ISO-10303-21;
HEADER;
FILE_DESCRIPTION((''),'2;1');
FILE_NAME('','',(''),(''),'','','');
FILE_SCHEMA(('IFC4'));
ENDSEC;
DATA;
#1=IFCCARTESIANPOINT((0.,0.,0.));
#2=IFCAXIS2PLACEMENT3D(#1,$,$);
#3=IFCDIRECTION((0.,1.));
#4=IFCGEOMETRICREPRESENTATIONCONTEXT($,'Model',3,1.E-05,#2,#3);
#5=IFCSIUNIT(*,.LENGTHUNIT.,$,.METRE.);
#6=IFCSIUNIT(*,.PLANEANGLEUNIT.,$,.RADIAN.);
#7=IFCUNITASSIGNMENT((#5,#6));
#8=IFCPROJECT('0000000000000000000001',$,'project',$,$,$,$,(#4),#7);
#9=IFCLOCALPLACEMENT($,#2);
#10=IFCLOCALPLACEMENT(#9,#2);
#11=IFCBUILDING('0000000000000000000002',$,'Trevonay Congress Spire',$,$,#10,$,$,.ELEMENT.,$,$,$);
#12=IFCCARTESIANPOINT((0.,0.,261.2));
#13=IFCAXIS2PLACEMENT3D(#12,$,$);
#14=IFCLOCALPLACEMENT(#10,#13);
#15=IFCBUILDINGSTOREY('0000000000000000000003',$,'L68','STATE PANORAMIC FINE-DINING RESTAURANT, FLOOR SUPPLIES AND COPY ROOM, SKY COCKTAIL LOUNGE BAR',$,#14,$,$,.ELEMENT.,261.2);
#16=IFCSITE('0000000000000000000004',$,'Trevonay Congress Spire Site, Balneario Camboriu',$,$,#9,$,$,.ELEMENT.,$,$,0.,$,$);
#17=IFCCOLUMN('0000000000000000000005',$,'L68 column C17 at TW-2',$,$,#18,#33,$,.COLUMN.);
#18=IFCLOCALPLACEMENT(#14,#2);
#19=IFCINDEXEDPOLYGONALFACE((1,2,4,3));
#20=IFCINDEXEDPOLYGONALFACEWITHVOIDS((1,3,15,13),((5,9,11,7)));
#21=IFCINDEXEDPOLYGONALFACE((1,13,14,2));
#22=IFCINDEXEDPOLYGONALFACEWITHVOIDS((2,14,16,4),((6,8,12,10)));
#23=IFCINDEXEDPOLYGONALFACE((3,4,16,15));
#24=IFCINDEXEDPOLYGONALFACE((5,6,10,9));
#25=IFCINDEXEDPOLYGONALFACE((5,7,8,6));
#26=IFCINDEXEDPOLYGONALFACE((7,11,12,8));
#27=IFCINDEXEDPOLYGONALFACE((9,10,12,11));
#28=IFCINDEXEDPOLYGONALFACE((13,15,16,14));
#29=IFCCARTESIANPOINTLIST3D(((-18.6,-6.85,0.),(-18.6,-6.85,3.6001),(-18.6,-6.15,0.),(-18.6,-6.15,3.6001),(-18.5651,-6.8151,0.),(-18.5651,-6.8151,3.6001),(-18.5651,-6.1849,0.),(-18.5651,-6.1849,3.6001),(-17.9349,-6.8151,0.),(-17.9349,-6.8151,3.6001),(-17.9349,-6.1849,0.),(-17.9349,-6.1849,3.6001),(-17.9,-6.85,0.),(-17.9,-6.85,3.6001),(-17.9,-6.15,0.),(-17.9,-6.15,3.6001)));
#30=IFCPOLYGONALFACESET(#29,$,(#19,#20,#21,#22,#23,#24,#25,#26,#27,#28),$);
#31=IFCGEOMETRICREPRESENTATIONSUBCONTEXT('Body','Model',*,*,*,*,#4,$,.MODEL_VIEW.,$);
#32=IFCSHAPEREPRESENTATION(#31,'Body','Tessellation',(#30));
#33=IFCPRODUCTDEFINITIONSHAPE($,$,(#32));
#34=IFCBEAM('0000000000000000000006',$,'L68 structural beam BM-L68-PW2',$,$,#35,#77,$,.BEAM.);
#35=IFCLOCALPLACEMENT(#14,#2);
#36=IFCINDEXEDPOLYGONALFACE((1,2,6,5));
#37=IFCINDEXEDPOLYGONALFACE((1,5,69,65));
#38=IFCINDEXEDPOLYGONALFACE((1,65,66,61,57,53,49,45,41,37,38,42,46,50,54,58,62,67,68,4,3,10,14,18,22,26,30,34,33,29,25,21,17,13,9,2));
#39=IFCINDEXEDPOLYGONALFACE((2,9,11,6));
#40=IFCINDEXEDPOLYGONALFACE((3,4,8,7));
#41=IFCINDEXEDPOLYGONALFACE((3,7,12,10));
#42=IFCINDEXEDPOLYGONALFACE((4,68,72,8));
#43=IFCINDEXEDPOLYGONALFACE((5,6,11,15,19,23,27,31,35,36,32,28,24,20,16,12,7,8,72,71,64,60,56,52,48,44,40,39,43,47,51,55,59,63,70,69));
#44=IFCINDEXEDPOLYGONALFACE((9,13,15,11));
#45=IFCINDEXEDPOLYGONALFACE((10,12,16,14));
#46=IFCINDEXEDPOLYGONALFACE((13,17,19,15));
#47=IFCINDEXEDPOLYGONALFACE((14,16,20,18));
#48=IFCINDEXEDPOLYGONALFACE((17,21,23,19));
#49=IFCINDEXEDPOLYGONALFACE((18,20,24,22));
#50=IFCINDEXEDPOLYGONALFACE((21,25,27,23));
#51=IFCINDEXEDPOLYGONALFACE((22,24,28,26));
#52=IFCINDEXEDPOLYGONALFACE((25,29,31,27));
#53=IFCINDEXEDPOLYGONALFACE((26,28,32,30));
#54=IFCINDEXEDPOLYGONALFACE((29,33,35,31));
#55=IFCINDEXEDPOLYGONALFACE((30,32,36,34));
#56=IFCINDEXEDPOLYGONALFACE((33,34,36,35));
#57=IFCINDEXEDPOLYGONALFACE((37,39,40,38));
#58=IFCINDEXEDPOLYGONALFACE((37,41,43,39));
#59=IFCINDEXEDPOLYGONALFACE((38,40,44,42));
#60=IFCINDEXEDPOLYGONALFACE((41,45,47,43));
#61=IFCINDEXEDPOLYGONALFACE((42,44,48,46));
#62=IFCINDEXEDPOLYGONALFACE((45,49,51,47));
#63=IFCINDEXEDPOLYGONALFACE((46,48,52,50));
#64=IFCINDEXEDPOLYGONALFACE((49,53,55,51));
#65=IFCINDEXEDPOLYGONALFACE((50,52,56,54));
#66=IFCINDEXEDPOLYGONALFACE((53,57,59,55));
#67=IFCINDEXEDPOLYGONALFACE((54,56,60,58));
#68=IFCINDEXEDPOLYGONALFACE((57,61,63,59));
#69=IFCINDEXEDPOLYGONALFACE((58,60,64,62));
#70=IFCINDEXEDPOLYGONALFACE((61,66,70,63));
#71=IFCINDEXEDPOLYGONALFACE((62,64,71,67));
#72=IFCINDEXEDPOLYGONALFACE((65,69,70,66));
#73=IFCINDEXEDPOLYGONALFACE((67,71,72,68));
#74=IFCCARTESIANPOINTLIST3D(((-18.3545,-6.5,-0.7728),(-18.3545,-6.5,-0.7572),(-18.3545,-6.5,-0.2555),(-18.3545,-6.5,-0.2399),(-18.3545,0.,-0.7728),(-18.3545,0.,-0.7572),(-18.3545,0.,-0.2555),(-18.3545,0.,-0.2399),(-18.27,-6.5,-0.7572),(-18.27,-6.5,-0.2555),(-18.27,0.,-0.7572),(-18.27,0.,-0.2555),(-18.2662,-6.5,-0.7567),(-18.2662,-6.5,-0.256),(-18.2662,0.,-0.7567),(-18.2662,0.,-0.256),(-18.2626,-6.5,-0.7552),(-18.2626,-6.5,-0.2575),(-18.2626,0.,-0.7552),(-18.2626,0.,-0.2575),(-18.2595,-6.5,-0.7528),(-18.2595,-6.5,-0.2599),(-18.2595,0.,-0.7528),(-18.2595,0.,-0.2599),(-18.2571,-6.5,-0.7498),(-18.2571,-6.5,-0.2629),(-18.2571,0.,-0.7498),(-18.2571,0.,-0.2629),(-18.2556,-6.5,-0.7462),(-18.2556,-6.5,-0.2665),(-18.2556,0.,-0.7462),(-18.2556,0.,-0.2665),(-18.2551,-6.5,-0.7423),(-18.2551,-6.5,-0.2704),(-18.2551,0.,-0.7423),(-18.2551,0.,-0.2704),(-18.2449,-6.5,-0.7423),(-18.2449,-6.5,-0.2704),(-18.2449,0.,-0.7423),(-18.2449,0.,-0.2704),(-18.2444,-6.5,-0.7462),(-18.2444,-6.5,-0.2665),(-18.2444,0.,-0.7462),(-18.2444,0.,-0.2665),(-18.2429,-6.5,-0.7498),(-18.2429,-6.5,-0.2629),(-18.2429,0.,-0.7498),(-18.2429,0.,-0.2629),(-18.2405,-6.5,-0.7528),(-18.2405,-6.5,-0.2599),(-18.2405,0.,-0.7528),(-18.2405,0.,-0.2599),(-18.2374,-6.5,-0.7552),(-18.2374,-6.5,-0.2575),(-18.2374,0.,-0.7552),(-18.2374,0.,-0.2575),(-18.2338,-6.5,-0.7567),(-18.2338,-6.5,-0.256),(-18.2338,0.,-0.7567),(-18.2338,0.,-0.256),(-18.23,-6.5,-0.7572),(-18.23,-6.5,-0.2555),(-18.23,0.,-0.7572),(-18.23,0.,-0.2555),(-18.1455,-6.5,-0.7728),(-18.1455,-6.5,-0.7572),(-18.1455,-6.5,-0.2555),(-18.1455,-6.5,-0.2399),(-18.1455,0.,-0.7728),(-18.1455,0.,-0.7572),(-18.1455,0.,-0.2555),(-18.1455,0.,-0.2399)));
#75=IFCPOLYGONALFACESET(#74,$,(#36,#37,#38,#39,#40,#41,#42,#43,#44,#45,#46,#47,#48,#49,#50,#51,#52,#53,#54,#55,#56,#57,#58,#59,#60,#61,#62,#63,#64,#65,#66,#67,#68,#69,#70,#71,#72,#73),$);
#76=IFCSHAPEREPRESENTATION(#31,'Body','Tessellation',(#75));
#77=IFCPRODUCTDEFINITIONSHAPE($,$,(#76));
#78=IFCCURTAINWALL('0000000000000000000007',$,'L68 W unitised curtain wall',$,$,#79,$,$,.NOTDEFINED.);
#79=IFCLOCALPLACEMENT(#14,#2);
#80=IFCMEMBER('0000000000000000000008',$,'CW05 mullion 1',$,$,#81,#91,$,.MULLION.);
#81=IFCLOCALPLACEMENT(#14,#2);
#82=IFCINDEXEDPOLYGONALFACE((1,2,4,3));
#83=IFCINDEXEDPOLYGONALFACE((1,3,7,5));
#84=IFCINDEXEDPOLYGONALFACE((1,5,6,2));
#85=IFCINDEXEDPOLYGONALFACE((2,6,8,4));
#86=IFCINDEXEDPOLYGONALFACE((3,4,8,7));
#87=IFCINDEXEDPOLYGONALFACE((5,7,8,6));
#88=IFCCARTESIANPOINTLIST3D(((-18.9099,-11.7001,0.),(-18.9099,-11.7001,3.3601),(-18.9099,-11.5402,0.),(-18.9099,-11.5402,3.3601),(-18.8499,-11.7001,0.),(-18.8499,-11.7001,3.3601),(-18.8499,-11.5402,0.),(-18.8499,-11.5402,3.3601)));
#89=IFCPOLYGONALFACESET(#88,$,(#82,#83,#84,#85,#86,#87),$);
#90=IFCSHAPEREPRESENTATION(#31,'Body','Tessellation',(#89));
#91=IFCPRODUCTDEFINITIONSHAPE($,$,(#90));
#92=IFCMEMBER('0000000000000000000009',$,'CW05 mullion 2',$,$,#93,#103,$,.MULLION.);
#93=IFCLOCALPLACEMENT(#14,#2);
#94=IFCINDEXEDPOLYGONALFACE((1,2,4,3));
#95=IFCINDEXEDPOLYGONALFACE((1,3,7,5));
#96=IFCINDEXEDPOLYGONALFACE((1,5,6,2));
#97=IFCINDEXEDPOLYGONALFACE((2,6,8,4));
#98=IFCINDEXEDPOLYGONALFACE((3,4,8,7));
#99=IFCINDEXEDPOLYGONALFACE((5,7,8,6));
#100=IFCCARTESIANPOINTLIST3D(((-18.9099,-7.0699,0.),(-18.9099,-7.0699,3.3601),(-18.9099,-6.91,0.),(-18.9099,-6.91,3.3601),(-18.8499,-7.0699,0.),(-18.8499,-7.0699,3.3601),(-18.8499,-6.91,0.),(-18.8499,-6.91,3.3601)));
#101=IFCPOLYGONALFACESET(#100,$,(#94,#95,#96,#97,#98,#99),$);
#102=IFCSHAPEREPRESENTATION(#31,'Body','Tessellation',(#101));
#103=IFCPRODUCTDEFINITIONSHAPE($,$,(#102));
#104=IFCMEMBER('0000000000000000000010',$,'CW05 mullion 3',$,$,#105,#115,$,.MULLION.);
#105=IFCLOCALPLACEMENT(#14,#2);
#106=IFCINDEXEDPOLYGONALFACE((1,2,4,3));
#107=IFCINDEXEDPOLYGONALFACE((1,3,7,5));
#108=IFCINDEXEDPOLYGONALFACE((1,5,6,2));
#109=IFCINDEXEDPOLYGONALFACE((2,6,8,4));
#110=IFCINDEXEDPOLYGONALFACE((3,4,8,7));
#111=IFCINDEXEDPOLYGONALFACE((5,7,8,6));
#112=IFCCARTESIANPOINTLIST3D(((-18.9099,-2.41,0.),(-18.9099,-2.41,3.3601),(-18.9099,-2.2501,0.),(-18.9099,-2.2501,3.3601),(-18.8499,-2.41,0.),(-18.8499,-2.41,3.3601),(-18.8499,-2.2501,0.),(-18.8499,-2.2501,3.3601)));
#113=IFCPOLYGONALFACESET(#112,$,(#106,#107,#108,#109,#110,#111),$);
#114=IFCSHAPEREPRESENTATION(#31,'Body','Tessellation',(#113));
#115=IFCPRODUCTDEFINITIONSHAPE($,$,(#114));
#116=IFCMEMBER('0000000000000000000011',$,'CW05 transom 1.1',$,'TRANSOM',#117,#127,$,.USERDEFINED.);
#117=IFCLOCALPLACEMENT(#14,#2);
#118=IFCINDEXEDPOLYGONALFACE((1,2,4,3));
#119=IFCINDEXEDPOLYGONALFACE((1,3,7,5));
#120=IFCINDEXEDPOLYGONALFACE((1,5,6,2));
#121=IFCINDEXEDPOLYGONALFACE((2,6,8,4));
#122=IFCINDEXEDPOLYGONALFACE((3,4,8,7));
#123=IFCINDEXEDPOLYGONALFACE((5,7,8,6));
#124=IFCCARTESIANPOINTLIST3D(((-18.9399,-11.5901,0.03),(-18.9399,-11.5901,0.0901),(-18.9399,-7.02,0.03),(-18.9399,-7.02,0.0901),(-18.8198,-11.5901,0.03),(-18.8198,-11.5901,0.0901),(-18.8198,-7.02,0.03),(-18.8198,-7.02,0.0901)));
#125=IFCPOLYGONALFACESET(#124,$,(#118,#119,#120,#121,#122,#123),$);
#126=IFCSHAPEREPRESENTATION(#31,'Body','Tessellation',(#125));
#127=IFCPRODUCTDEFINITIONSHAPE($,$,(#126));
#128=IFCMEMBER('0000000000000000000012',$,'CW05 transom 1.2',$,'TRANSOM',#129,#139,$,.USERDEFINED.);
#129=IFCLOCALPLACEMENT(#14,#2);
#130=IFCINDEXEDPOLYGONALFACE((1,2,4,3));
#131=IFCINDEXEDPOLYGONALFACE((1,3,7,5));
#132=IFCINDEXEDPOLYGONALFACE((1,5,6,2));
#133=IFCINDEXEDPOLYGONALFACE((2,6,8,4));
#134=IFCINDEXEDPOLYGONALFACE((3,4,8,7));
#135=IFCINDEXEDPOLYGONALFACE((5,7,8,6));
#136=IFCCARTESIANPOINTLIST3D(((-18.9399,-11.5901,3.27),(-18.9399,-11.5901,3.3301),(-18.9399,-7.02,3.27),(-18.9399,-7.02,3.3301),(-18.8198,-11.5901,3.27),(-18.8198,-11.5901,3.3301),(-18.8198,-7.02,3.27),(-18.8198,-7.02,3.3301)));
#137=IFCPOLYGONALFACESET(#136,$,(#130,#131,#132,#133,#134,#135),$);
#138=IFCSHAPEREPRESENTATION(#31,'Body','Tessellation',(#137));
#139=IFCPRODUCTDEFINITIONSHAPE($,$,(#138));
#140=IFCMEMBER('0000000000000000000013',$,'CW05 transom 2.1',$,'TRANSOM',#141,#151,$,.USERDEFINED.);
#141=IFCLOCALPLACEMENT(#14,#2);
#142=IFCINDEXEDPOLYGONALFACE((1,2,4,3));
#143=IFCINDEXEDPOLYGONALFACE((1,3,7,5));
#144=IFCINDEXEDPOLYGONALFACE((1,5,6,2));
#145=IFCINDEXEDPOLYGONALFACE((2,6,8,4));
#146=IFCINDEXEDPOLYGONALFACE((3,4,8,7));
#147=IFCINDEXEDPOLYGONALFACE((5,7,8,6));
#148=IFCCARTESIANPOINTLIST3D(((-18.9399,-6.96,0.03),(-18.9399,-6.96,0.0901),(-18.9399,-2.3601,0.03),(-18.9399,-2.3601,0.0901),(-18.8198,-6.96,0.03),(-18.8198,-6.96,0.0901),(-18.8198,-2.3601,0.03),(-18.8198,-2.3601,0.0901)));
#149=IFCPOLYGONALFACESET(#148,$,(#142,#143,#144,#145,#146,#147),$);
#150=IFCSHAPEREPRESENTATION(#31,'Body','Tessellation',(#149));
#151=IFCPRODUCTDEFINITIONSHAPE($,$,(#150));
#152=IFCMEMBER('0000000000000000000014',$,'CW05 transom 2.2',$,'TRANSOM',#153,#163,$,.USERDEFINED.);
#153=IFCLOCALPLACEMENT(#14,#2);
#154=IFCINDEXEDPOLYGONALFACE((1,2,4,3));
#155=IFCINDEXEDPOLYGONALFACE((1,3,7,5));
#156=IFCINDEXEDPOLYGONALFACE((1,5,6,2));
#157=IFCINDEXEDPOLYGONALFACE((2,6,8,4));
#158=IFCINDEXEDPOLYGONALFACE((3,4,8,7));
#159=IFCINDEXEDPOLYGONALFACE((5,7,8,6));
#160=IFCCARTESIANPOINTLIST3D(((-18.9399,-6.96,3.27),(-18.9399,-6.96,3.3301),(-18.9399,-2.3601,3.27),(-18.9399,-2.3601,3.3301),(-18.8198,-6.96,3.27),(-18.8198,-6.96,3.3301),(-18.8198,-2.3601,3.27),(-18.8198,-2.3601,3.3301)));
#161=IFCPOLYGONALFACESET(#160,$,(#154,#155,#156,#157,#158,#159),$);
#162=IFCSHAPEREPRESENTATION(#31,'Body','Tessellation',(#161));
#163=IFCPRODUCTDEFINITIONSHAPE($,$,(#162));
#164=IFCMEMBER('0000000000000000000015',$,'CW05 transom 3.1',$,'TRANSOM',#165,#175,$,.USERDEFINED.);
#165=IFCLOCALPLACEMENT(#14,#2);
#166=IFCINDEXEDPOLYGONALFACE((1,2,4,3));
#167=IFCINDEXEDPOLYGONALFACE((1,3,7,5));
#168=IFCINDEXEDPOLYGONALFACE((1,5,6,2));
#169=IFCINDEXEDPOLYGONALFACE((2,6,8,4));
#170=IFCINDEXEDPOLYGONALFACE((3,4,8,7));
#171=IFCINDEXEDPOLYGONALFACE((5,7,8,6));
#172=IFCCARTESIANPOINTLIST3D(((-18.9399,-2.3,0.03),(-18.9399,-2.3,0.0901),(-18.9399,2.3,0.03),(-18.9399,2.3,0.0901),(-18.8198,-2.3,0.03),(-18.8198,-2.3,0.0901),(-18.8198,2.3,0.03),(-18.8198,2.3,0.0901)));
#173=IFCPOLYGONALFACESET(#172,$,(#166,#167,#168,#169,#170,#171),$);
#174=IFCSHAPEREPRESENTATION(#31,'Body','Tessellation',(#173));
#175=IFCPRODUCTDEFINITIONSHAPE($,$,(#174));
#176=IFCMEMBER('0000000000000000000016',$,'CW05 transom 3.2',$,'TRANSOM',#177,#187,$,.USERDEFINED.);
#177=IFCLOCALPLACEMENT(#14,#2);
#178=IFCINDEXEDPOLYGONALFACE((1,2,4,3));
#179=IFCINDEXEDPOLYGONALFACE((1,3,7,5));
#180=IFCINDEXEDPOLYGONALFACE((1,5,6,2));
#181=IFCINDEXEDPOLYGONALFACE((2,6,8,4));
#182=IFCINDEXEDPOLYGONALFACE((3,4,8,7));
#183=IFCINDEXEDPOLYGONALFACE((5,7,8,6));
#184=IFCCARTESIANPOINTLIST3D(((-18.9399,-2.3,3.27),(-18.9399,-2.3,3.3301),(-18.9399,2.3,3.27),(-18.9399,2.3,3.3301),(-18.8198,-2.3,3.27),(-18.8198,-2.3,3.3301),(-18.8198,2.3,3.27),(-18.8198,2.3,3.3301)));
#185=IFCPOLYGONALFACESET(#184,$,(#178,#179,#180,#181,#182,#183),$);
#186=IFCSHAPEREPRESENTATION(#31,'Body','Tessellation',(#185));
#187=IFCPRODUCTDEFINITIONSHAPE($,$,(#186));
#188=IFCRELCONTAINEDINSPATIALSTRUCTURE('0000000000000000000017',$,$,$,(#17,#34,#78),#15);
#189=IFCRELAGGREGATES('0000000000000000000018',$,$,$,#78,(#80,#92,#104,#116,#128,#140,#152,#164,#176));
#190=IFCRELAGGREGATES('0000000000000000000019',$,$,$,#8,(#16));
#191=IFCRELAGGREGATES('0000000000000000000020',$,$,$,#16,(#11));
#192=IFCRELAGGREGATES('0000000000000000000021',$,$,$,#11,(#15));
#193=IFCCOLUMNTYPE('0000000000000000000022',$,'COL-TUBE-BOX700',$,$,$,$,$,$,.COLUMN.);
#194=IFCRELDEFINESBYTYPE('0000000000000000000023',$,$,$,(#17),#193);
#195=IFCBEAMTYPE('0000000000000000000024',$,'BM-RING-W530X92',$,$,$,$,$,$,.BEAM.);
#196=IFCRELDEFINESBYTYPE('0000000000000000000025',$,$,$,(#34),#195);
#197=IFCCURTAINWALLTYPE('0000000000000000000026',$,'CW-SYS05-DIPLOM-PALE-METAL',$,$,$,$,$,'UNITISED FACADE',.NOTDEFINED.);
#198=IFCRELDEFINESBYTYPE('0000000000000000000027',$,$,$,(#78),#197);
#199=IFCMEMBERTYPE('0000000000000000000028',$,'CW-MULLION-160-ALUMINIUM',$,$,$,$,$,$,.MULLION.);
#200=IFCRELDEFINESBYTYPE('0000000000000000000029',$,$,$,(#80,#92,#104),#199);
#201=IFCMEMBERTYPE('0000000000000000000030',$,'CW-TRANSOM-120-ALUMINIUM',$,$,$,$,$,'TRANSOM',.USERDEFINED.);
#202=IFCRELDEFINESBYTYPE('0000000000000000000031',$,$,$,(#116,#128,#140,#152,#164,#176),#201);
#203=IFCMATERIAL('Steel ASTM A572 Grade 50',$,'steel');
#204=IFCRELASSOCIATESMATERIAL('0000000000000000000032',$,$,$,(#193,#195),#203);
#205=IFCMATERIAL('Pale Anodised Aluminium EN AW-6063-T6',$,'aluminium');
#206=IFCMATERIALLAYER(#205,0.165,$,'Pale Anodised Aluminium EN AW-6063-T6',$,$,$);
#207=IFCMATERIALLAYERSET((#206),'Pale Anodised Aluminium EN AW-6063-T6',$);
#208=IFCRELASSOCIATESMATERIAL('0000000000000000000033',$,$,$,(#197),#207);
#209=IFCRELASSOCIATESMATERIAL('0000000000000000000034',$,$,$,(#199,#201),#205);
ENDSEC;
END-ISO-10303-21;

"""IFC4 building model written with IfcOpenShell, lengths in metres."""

from ifc_helpers import new_model, si_unit, direction, frame, origin, origin_2d, place, context, subcontext, project, spatial, rectangle, hollow_rectangle, i_section, extrude, material, layer, layer_set, material_profile, profile_set, type_object, element, aggregate, save


model = new_model("IFC4")

# Units and contexts
model_context = context("Model", 3, precision=1e-05, world=origin(), true_north=direction((0.0, 1.0)))
body_context = subcontext(model_context, "Body", "Model", "MODEL_VIEW")
ifc_project = project(units=[si_unit("LENGTHUNIT", "METRE"), si_unit("PLANEANGLEUNIT", "RADIAN")], contexts=[model_context])

# Site, building, storey
site_placement = place(None, origin())
site = spatial("IfcSite", under=ifc_project, at=site_placement, Name="Trevonay Congress Spire Site, Balneario Camboriu", CompositionType="ELEMENT", RefElevation=0.0)
building_placement = place(site_placement, origin())
building = spatial("IfcBuilding", under=site, at=building_placement, Name="Trevonay Congress Spire", CompositionType="ELEMENT")
storey_placement = place(building_placement, frame((0.0, 0.0, 261.2)))
storey = spatial("IfcBuildingStorey", under=building, at=storey_placement, Name="L68", Description="STATE PANORAMIC FINE-DINING RESTAURANT, FLOOR SUPPLIES AND COPY ROOM, SKY COCKTAIL LOUNGE BAR", CompositionType="ELEMENT", Elevation=261.2)

# Column
ifc_material_1 = material(Name="Steel ASTM A572 Grade 50", Category="steel")
ifc_material_profile_1 = material_profile(ifc_material_1, hollow_rectangle(XDim=0.7, YDim=0.7, WallThickness=0.0349, at=origin_2d()), Name="BOX 700x700x35")
ifc_profile_set_1 = profile_set([ifc_material_profile_1], Name="Steel ASTM A572 Grade 50")
column_type = type_object("IfcColumnType", Name="COL-TUBE-BOX700", PredefinedType="COLUMN", material=ifc_profile_set_1)
column_placement = place(storey_placement, frame((-18.25, -6.5, 0.0), z_axis=(0.0, 0.0, 1.0), x_axis=(1.0, 0.0, 0.0)))
element("IfcColumn", 1, at=column_placement, inside=storey, type_object=column_type, Name="L68 column C17 at TW-2", PredefinedType="COLUMN", context=body_context, shape_type="SweptSolid", body=[
    extrude(hollow_rectangle(XDim=0.7, YDim=0.7, WallThickness=0.0349, at=origin_2d()), origin(), (0.0, 0.0, 1.0), 3.6001),
])

# Beam
ifc_material_profile_2 = material_profile(ifc_material_1, i_section(OverallWidth=0.209, OverallDepth=0.533, WebThickness=0.0103, FlangeThickness=0.0156, FilletRadius=0.0149, at=origin_2d()), Name="W530x92")
ifc_profile_set_2 = profile_set([ifc_material_profile_2], Name="Steel ASTM A572 Grade 50")
beam_type = type_object("IfcBeamType", Name="BM-RING-W530X92", PredefinedType="BEAM", material=ifc_profile_set_2)
beam_placement = place(storey_placement, frame((-18.25, -6.5, -0.5063), z_axis=(0.0, 1.0, 0.0), x_axis=(-1.0, 0.0, 0.0)))
element("IfcBeam", 2, at=beam_placement, inside=storey, type_object=beam_type, Name="L68 structural beam BM-L68-PW2", PredefinedType="BEAM", context=body_context, shape_type="SweptSolid", body=[
    extrude(i_section(OverallWidth=0.209, OverallDepth=0.533, WebThickness=0.0103, FlangeThickness=0.0156, FilletRadius=0.0149, at=origin_2d()), origin(), (0.0, 0.0, 1.0), 6.5),
])

# Curtain wall, members
ifc_material_2 = material(Name="Pale Anodised Aluminium EN AW-6063-T6", Category="aluminium")
ifc_layer_1 = layer(ifc_material_2, 0.165, Name="Pale Anodised Aluminium EN AW-6063-T6")
ifc_layer_set_1 = layer_set([ifc_layer_1], Name="Pale Anodised Aluminium EN AW-6063-T6")
curtain_wall_type = type_object("IfcCurtainWallType", Name="CW-SYS05-DIPLOM-PALE-METAL", ElementType="UNITISED FACADE", PredefinedType="NOTDEFINED", material=ifc_layer_set_1)
curtain_wall_placement = place(storey_placement, origin())
curtain_wall = element("IfcCurtainWall", 3, at=curtain_wall_placement, inside=storey, type_object=curtain_wall_type, Name="L68 W unitised curtain wall", PredefinedType="NOTDEFINED")
ifc_material_profile_3 = material_profile(ifc_material_2, rectangle(XDim=0.0601, YDim=0.1599, at=origin_2d()), Name="CW-MULLION-160-ALUMINIUM")
ifc_profile_set_3 = profile_set([ifc_material_profile_3], Name="Pale Anodised Aluminium EN AW-6063-T6")
member_type_1 = type_object("IfcMemberType", Name="CW-MULLION-160-ALUMINIUM", PredefinedType="MULLION", material=ifc_profile_set_3)
member_1_placement = place(storey_placement, frame((-18.8799, -11.6201, 0.0), z_axis=(0.0, 0.0, 1.0), x_axis=(-1.0, 0.0, 0.0)))
member_1 = element("IfcMember", 4, at=member_1_placement, type_object=member_type_1, Name="CW05 mullion 1", PredefinedType="MULLION", context=body_context, shape_type="SweptSolid", body=[
    extrude(rectangle(XDim=0.0601, YDim=0.1599, at=origin_2d()), origin(), (0.0, 0.0, 1.0), 3.3601),
])
member_2_placement = place(storey_placement, frame((-18.8799, -6.99, 0.0), z_axis=(0.0, 0.0, 1.0), x_axis=(-1.0, 0.0, 0.0)))
member_2 = element("IfcMember", 5, at=member_2_placement, type_object=member_type_1, Name="CW05 mullion 2", PredefinedType="MULLION", context=body_context, shape_type="SweptSolid", body=[
    extrude(rectangle(XDim=0.0601, YDim=0.1599, at=origin_2d()), origin(), (0.0, 0.0, 1.0), 3.3601),
])
member_3_placement = place(storey_placement, frame((-18.8799, -2.3301, 0.0), z_axis=(0.0, 0.0, 1.0), x_axis=(-1.0, 0.0, 0.0)))
member_3 = element("IfcMember", 6, at=member_3_placement, type_object=member_type_1, Name="CW05 mullion 3", PredefinedType="MULLION", context=body_context, shape_type="SweptSolid", body=[
    extrude(rectangle(XDim=0.0601, YDim=0.1599, at=origin_2d()), origin(), (0.0, 0.0, 1.0), 3.3601),
])
ifc_material_profile_4 = material_profile(ifc_material_2, rectangle(XDim=0.1201, YDim=0.0601, at=origin_2d()), Name="CW-TRANSOM-120-ALUMINIUM")
ifc_profile_set_4 = profile_set([ifc_material_profile_4], Name="Pale Anodised Aluminium EN AW-6063-T6")
member_type_2 = type_object("IfcMemberType", Name="CW-TRANSOM-120-ALUMINIUM", ElementType="TRANSOM", PredefinedType="USERDEFINED", material=ifc_profile_set_4)
member_4_placement = place(storey_placement, frame((-18.8799, -11.5901, 0.0601), z_axis=(0.0, 1.0, 0.0), x_axis=(-1.0, 0.0, 0.0)))
member_4 = element("IfcMember", 7, at=member_4_placement, type_object=member_type_2, Name="CW05 transom 1.1", ObjectType="TRANSOM", PredefinedType="USERDEFINED", context=body_context, shape_type="SweptSolid", body=[
    extrude(rectangle(XDim=0.1201, YDim=0.0601, at=origin_2d()), origin(), (0.0, 0.0, 1.0), 4.5701),
])
member_5_placement = place(storey_placement, frame((-18.8799, -11.5901, 3.3), z_axis=(0.0, 1.0, 0.0), x_axis=(-1.0, 0.0, 0.0)))
member_5 = element("IfcMember", 8, at=member_5_placement, type_object=member_type_2, Name="CW05 transom 1.2", ObjectType="TRANSOM", PredefinedType="USERDEFINED", context=body_context, shape_type="SweptSolid", body=[
    extrude(rectangle(XDim=0.1201, YDim=0.0601, at=origin_2d()), origin(), (0.0, 0.0, 1.0), 4.5701),
])
member_6_placement = place(storey_placement, frame((-18.8799, -6.96, 0.0601), z_axis=(0.0, 1.0, 0.0), x_axis=(-1.0, 0.0, 0.0)))
member_6 = element("IfcMember", 9, at=member_6_placement, type_object=member_type_2, Name="CW05 transom 2.1", ObjectType="TRANSOM", PredefinedType="USERDEFINED", context=body_context, shape_type="SweptSolid", body=[
    extrude(rectangle(XDim=0.1201, YDim=0.0601, at=origin_2d()), origin(), (0.0, 0.0, 1.0), 4.5999),
])
member_7_placement = place(storey_placement, frame((-18.8799, -6.96, 3.3), z_axis=(0.0, 1.0, 0.0), x_axis=(-1.0, 0.0, 0.0)))
member_7 = element("IfcMember", 10, at=member_7_placement, type_object=member_type_2, Name="CW05 transom 2.2", ObjectType="TRANSOM", PredefinedType="USERDEFINED", context=body_context, shape_type="SweptSolid", body=[
    extrude(rectangle(XDim=0.1201, YDim=0.0601, at=origin_2d()), origin(), (0.0, 0.0, 1.0), 4.5999),
])
member_8_placement = place(storey_placement, frame((-18.8799, -2.3, 0.0601), z_axis=(0.0, 1.0, 0.0), x_axis=(-1.0, 0.0, 0.0)))
member_8 = element("IfcMember", 11, at=member_8_placement, type_object=member_type_2, Name="CW05 transom 3.1", ObjectType="TRANSOM", PredefinedType="USERDEFINED", context=body_context, shape_type="SweptSolid", body=[
    extrude(rectangle(XDim=0.1201, YDim=0.0601, at=origin_2d()), origin(), (0.0, 0.0, 1.0), 4.6001),
])
member_9_placement = place(storey_placement, frame((-18.8799, -2.3, 3.3), z_axis=(0.0, 1.0, 0.0), x_axis=(-1.0, 0.0, 0.0)))
member_9 = element("IfcMember", 12, at=member_9_placement, type_object=member_type_2, Name="CW05 transom 3.2", ObjectType="TRANSOM", PredefinedType="USERDEFINED", context=body_context, shape_type="SweptSolid", body=[
    extrude(rectangle(XDim=0.1201, YDim=0.0601, at=origin_2d()), origin(), (0.0, 0.0, 1.0), 4.6001),
])
aggregate(curtain_wall, [member_1, member_2, member_3, member_4, member_5, member_6, member_7, member_8, member_9])

save(model, "model.ifc")
